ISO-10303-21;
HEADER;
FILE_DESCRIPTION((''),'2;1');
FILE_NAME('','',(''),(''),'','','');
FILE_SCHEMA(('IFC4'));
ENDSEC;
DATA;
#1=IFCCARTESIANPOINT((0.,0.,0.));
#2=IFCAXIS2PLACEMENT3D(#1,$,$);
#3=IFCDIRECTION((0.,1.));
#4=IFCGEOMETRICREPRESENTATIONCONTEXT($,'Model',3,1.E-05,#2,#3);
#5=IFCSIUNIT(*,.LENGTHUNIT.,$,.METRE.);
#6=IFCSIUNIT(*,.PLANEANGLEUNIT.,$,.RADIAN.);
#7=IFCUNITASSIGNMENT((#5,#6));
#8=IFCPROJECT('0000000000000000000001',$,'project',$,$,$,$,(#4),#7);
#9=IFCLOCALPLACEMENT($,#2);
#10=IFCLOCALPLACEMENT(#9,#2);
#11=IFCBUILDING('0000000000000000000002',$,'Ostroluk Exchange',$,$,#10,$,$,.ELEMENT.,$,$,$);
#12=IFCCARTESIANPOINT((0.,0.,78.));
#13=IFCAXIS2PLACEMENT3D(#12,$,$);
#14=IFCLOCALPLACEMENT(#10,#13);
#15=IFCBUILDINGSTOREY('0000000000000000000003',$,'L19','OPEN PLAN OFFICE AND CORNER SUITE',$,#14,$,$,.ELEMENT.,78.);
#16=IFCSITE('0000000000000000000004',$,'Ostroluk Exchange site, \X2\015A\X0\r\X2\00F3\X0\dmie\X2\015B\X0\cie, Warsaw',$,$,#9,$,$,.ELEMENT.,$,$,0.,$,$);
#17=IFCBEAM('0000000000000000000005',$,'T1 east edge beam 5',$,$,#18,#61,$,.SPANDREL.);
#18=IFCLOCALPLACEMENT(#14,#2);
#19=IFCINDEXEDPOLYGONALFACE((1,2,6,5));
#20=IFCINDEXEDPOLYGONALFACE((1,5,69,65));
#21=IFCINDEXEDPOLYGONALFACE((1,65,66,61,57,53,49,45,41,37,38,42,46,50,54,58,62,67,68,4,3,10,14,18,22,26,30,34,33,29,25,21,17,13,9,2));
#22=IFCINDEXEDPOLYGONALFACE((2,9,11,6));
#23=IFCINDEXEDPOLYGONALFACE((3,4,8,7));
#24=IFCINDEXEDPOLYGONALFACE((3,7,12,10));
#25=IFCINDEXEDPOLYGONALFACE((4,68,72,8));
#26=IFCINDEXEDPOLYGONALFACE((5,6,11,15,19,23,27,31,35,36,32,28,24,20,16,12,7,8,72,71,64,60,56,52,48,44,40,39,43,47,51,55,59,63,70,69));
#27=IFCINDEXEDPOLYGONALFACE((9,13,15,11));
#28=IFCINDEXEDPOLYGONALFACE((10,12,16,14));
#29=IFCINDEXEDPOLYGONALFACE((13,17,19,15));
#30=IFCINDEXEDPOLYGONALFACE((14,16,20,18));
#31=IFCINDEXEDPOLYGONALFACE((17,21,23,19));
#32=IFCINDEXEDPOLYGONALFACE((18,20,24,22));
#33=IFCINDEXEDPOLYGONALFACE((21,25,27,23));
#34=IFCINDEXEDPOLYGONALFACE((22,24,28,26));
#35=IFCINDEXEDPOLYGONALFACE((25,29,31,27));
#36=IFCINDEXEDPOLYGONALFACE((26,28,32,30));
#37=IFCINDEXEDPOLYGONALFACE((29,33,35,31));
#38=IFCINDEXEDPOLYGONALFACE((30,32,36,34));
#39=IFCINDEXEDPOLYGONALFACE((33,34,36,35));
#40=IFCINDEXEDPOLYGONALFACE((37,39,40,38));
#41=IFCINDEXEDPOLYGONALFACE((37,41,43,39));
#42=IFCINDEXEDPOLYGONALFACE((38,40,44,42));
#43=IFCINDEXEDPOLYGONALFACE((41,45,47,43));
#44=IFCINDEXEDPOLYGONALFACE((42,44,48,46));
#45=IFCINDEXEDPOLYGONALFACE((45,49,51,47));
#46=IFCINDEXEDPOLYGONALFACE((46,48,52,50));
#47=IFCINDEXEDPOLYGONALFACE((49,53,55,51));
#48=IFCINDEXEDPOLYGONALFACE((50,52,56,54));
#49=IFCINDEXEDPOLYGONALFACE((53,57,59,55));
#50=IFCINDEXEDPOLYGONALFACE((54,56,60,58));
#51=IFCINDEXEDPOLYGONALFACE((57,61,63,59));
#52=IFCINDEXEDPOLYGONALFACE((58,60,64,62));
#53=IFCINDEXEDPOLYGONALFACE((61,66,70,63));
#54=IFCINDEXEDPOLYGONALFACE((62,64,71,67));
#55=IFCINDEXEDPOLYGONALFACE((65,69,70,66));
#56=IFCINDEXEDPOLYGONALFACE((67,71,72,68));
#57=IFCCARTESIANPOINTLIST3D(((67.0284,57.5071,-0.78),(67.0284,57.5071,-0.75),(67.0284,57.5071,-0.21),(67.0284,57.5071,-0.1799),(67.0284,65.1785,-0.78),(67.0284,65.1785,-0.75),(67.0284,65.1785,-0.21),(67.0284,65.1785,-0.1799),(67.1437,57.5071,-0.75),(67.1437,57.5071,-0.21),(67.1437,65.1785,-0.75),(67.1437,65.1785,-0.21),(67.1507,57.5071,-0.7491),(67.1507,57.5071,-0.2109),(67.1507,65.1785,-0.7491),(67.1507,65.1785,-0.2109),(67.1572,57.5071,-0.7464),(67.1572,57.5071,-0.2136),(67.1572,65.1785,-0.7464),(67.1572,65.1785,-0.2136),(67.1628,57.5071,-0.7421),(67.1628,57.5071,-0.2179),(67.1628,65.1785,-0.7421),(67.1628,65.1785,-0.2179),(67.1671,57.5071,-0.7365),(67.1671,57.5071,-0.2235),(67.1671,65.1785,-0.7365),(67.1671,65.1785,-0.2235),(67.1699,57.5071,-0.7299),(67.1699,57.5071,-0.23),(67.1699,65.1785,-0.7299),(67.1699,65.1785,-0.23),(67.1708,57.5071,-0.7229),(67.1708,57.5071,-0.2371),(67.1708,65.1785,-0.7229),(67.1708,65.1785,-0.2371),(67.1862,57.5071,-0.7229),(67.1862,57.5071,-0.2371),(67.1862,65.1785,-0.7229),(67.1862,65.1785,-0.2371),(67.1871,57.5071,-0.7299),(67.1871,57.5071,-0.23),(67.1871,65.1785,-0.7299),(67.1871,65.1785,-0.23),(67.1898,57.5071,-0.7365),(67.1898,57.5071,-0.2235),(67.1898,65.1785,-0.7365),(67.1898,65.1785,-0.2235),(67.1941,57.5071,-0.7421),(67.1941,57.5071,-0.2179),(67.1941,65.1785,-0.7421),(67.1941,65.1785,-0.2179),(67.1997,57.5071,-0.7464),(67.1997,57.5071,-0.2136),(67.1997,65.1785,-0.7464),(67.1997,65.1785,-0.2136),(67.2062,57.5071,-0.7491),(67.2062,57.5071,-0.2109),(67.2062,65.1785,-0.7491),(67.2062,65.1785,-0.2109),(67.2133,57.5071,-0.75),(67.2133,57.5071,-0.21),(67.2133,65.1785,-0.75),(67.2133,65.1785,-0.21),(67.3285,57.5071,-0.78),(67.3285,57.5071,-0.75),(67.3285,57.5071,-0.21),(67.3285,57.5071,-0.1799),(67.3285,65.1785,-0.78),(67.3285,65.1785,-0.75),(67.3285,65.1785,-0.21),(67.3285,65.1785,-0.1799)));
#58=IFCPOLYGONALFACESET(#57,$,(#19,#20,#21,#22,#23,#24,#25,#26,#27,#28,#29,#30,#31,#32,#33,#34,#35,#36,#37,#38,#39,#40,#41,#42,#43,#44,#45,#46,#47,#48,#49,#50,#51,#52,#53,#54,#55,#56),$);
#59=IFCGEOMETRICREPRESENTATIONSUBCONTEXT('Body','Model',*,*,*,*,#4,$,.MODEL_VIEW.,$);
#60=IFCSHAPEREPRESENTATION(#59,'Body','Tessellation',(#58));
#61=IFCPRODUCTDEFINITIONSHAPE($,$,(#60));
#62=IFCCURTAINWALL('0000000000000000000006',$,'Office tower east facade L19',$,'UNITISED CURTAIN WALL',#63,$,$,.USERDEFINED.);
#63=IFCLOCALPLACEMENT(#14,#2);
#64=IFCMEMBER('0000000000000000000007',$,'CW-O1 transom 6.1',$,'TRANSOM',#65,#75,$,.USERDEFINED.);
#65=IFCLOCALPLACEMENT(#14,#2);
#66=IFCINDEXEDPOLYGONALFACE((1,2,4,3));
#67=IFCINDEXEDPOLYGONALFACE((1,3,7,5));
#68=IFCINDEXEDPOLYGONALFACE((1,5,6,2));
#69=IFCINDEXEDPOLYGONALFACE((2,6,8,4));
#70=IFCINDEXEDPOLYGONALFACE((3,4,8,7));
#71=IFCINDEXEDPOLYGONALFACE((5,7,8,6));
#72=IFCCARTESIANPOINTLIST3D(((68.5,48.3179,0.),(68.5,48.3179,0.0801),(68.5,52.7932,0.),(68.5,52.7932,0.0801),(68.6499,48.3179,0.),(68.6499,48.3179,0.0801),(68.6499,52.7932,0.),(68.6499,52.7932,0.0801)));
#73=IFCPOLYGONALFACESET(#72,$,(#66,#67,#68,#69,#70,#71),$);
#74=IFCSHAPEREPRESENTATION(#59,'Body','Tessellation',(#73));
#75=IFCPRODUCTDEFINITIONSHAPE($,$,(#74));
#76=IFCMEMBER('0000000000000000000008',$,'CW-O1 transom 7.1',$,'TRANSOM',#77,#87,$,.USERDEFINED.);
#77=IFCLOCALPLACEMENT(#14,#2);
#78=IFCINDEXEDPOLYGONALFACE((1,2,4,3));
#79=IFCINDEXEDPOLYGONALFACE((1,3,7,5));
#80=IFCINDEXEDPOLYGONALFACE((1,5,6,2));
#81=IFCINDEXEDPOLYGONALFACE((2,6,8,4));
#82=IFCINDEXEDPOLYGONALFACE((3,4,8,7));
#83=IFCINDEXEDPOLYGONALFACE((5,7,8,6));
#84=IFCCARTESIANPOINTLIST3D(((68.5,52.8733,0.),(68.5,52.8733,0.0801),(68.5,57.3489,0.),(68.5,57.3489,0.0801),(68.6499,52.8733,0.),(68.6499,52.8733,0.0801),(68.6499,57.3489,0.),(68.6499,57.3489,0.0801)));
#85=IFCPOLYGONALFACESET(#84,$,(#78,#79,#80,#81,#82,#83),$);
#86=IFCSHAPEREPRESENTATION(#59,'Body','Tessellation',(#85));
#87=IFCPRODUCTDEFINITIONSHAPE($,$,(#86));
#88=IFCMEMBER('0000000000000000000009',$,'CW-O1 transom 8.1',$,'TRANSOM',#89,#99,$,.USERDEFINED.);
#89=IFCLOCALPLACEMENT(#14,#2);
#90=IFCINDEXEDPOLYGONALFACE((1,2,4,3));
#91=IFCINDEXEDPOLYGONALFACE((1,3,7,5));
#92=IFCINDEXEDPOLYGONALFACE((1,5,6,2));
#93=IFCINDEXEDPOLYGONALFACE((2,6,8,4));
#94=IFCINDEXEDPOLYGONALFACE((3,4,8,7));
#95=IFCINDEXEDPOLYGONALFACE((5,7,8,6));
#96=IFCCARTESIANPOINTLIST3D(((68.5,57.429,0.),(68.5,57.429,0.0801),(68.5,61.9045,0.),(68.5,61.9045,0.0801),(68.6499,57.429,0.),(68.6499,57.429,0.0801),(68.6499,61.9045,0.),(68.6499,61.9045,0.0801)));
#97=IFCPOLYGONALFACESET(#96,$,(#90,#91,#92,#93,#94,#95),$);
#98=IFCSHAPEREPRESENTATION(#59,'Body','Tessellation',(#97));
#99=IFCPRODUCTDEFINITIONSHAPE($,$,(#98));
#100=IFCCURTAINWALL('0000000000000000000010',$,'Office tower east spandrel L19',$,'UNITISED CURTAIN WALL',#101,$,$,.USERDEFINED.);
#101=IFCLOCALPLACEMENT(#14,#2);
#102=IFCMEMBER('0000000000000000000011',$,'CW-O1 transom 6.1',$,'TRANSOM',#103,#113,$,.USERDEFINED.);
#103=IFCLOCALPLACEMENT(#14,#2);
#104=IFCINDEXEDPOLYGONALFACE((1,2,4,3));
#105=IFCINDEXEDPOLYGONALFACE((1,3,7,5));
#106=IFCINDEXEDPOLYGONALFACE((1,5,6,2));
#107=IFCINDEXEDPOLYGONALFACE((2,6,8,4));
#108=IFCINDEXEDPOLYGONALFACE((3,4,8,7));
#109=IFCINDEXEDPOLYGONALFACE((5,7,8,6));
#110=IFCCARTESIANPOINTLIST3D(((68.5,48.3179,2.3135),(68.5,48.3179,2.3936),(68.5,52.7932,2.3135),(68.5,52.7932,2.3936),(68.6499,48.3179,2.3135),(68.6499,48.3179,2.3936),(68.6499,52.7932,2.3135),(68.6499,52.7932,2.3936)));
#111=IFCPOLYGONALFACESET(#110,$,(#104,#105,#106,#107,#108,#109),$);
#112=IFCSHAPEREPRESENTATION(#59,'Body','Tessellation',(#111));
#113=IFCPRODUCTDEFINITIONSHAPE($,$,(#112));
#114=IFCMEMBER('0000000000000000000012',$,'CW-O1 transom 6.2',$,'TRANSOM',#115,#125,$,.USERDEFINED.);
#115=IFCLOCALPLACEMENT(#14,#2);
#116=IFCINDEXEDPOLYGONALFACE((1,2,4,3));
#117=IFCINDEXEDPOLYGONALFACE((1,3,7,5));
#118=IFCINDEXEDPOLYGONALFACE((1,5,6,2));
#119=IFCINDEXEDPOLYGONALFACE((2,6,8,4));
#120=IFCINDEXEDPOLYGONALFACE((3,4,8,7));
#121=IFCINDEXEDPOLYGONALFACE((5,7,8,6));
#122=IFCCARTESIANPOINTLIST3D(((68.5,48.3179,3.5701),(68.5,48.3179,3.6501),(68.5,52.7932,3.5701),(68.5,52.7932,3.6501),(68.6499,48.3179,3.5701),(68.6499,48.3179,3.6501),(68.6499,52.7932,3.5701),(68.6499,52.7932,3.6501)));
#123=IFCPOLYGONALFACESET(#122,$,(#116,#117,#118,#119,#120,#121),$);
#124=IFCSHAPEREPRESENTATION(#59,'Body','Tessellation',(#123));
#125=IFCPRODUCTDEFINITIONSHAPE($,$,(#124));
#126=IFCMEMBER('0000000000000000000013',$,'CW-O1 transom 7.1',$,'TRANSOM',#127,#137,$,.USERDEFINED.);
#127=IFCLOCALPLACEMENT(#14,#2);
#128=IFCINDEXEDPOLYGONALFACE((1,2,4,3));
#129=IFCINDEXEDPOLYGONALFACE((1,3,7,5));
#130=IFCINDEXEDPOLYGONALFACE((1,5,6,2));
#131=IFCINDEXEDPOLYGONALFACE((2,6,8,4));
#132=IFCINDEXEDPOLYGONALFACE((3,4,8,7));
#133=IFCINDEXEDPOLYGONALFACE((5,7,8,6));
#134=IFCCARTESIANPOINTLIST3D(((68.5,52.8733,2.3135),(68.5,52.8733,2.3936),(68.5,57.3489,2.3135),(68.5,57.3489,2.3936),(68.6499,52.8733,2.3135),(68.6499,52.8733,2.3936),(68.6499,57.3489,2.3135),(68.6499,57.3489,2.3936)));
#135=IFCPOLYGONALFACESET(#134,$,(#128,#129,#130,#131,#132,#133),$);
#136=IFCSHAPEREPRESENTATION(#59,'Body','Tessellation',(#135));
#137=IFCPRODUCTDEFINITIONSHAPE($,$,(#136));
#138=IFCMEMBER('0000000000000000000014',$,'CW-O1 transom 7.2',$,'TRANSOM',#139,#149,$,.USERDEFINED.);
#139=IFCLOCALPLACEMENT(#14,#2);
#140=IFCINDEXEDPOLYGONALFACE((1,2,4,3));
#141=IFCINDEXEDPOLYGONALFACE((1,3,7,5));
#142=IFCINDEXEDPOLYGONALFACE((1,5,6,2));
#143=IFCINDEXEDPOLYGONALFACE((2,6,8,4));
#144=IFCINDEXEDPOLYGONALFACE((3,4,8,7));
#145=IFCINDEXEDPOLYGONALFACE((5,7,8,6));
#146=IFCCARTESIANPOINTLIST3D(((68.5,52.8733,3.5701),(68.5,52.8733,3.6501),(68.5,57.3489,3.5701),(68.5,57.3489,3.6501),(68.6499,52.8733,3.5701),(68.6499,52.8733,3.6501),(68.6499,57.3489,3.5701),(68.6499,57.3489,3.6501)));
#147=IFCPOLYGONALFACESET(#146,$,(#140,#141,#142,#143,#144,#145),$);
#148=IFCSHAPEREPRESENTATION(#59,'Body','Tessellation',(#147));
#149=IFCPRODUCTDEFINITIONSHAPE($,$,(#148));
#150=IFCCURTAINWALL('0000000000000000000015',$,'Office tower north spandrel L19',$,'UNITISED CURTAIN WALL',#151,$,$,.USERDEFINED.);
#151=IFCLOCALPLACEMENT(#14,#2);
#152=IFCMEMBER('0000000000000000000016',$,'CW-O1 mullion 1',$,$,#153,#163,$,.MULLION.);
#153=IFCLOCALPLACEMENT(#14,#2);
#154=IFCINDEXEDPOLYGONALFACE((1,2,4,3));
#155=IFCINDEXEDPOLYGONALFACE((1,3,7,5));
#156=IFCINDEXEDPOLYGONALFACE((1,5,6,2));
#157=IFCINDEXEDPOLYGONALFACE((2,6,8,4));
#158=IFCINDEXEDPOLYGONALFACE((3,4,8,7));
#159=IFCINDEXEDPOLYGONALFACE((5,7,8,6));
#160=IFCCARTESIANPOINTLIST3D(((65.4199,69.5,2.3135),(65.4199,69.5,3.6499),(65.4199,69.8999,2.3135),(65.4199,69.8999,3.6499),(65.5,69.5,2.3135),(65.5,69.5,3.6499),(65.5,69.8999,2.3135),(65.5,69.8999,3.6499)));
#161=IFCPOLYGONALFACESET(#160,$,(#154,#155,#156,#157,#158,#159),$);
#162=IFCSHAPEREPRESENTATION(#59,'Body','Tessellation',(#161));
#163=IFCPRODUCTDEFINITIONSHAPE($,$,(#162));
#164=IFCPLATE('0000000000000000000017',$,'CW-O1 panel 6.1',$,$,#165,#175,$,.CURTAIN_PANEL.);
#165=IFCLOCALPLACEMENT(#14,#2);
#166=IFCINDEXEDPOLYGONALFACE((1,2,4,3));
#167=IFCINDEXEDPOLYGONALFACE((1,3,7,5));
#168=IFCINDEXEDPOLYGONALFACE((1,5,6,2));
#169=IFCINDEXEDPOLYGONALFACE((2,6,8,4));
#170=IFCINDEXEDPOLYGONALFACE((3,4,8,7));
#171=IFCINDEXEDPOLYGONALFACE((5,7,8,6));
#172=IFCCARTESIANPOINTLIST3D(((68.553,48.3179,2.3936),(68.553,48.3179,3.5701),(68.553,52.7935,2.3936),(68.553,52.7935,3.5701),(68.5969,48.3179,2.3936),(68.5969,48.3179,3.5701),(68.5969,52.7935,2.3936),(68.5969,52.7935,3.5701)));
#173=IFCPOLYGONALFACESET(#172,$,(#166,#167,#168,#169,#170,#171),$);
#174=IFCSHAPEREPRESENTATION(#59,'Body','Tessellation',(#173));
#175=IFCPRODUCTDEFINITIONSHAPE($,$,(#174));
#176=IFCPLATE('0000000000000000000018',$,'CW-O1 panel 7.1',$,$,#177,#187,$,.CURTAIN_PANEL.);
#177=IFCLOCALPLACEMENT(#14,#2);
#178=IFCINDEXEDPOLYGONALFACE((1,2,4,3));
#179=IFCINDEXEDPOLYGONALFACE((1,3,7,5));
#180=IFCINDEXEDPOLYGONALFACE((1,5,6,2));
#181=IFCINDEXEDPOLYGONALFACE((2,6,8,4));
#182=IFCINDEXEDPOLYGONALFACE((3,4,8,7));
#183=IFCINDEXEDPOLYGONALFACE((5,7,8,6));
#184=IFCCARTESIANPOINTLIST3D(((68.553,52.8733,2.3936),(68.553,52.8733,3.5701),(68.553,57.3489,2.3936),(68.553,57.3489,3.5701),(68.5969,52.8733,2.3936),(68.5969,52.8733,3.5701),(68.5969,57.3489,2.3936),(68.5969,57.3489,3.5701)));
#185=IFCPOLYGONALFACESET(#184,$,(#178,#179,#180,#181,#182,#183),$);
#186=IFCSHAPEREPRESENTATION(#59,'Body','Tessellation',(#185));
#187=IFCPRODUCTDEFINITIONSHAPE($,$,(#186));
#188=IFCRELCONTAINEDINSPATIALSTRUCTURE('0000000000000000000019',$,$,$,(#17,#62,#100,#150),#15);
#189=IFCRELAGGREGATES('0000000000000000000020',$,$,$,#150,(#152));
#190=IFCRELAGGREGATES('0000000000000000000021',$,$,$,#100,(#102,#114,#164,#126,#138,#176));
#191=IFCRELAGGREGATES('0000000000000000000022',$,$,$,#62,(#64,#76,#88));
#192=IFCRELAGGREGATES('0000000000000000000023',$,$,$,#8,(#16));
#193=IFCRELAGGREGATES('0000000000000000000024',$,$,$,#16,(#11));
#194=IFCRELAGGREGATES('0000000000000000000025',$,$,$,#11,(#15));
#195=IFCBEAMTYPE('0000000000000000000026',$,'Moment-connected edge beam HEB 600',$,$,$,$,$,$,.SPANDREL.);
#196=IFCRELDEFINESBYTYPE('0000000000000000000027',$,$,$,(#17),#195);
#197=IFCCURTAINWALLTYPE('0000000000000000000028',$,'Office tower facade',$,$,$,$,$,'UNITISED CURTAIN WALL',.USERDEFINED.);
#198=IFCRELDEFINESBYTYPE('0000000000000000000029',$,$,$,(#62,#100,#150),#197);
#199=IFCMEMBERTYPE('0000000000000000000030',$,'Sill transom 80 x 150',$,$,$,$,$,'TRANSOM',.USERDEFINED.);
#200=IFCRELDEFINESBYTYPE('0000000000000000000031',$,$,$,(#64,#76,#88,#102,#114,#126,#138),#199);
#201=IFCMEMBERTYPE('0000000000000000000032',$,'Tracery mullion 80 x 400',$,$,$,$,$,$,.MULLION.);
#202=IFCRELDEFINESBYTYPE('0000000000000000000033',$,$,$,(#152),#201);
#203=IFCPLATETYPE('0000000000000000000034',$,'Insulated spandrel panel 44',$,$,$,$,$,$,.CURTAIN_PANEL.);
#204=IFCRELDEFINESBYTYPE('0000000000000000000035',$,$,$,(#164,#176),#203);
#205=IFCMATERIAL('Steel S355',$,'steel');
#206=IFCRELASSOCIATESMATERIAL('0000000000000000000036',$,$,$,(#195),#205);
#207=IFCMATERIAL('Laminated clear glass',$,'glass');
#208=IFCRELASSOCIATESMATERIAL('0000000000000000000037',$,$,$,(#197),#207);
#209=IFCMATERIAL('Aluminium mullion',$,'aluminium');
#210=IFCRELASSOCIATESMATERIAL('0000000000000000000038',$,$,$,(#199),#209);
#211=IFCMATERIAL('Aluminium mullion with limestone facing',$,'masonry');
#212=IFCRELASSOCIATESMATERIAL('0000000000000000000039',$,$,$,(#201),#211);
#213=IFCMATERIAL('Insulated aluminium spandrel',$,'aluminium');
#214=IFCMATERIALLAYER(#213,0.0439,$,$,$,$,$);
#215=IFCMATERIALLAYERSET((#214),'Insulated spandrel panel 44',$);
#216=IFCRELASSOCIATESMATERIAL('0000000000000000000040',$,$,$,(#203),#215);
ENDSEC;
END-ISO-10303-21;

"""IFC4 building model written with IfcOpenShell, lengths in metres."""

from ifc_helpers import new_model, si_unit, direction, frame, origin, origin_2d, place, context, subcontext, project, spatial, rectangle, i_section, extrude, material, layer, layer_set, material_profile, profile_set, type_object, element, aggregate, save


model = new_model("IFC4")

# Units and contexts
model_context = context("Model", 3, precision=1e-05, world=origin(), true_north=direction((0.0, 1.0)))
body_context = subcontext(model_context, "Body", "Model", "MODEL_VIEW")
ifc_project = project(units=[si_unit("LENGTHUNIT", "METRE"), si_unit("PLANEANGLEUNIT", "RADIAN")], contexts=[model_context])

# Site, building, storey
site_placement = place(None, origin())
site = spatial("IfcSite", under=ifc_project, at=site_placement, Name="Ostroluk Exchange site, Śródmieście, Warsaw", CompositionType="ELEMENT", RefElevation=0.0)
building_placement = place(site_placement, origin())
building = spatial("IfcBuilding", under=site, at=building_placement, Name="Ostroluk Exchange", CompositionType="ELEMENT")
storey_placement = place(building_placement, frame((0.0, 0.0, 78.0)))
storey = spatial("IfcBuildingStorey", under=building, at=storey_placement, Name="L19", Description="OPEN PLAN OFFICE AND CORNER SUITE", CompositionType="ELEMENT", Elevation=78.0)

# Beam
ifc_material_1 = material(Name="Steel S355", Category="steel")
ifc_material_profile_1 = material_profile(ifc_material_1, i_section(OverallWidth=0.3, OverallDepth=0.6001, WebThickness=0.0154, FlangeThickness=0.03, FilletRadius=0.0271, at=origin_2d()), Name="HEB 600")
ifc_profile_set_1 = profile_set([ifc_material_profile_1], Name="Steel S355")
beam_type_1 = type_object("IfcBeamType", Name="Moment-connected edge beam HEB 600", PredefinedType="SPANDREL", material=ifc_profile_set_1)
for number, where, z_axis, x_axis, name in (
    (1, (67.1785, 57.5071, -0.48), (0.0, 1.0, 0.0), (-1.0, 0.0, 0.0), "T1 east edge beam 5"),
):
    element("IfcBeam", number, at=place(storey_placement, frame(where, z_axis=z_axis, x_axis=x_axis)), inside=storey, type_object=beam_type_1, Name=name, PredefinedType="SPANDREL", context=body_context, shape_type="SweptSolid", body=[
        extrude(i_section(OverallWidth=0.3, OverallDepth=0.6001, WebThickness=0.0154, FlangeThickness=0.03, FilletRadius=0.0271, at=origin_2d()), origin(), (0.0, 0.0, 1.0), 7.6714),
    ])

# Curtain walls, members
ifc_material_2 = material(Name="Laminated clear glass", Category="glass")
curtain_wall_type = type_object("IfcCurtainWallType", Name="Office tower facade", ElementType="UNITISED CURTAIN WALL", PredefinedType="USERDEFINED", material=ifc_material_2)
curtain_wall_1_placement = place(storey_placement, origin())
curtain_wall_1 = element("IfcCurtainWall", 2, at=curtain_wall_1_placement, inside=storey, type_object=curtain_wall_type, Name="Office tower east facade L19", ObjectType="UNITISED CURTAIN WALL", PredefinedType="USERDEFINED")
ifc_material_3 = material(Name="Aluminium mullion", Category="aluminium")
ifc_material_profile_2 = material_profile(ifc_material_3, rectangle(XDim=0.1499, YDim=0.0801, at=origin_2d()), Name="Sill transom 80 x 150")
ifc_profile_set_2 = profile_set([ifc_material_profile_2], Name="Aluminium mullion")
member_type_1 = type_object("IfcMemberType", Name="Sill transom 80 x 150", ElementType="TRANSOM", PredefinedType="USERDEFINED", material=ifc_profile_set_2)
member_1_placement = place(storey_placement, frame((68.575, 48.3179, 0.04), z_axis=(0.0, 1.0, 0.0), x_axis=(-1.0, 0.0, 0.0)))
member_1 = element("IfcMember", 3, at=member_1_placement, type_object=member_type_1, Name="CW-O1 transom 6.1", ObjectType="TRANSOM", PredefinedType="USERDEFINED", context=body_context, shape_type="SweptSolid", body=[
    extrude(rectangle(XDim=0.1499, YDim=0.0801, at=origin_2d()), origin(), (0.0, 0.0, 1.0), 4.4753),
])
member_2_placement = place(storey_placement, frame((68.575, 52.8733, 0.04), z_axis=(0.0, 1.0, 0.0), x_axis=(-1.0, 0.0, 0.0)))
member_2 = element("IfcMember", 4, at=member_2_placement, type_object=member_type_1, Name="CW-O1 transom 7.1", ObjectType="TRANSOM", PredefinedType="USERDEFINED", context=body_context, shape_type="SweptSolid", body=[
    extrude(rectangle(XDim=0.1499, YDim=0.0801, at=origin_2d()), origin(), (0.0, 0.0, 1.0), 4.4756),
])
member_3_placement = place(storey_placement, frame((68.575, 57.429, 0.04), z_axis=(0.0, 1.0, 0.0), x_axis=(-1.0, 0.0, 0.0)))
member_3 = element("IfcMember", 5, at=member_3_placement, type_object=member_type_1, Name="CW-O1 transom 8.1", ObjectType="TRANSOM", PredefinedType="USERDEFINED", context=body_context, shape_type="SweptSolid", body=[
    extrude(rectangle(XDim=0.1499, YDim=0.0801, at=origin_2d()), origin(), (0.0, 0.0, 1.0), 4.4756),
])
curtain_wall_2_placement = place(storey_placement, origin())
curtain_wall_2 = element("IfcCurtainWall", 6, at=curtain_wall_2_placement, inside=storey, type_object=curtain_wall_type, Name="Office tower east spandrel L19", ObjectType="UNITISED CURTAIN WALL", PredefinedType="USERDEFINED")
member_4_placement = place(storey_placement, frame((68.575, 48.3179, 2.3535), z_axis=(0.0, 1.0, 0.0), x_axis=(-1.0, 0.0, 0.0)))
member_4 = element("IfcMember", 7, at=member_4_placement, type_object=member_type_1, Name="CW-O1 transom 6.1", ObjectType="TRANSOM", PredefinedType="USERDEFINED", context=body_context, shape_type="SweptSolid", body=[
    extrude(rectangle(XDim=0.1499, YDim=0.0801, at=origin_2d()), origin(), (0.0, 0.0, 1.0), 4.4753),
])
member_5_placement = place(storey_placement, frame((68.575, 48.3179, 3.6101), z_axis=(0.0, 1.0, 0.0), x_axis=(-1.0, 0.0, 0.0)))
member_5 = element("IfcMember", 8, at=member_5_placement, type_object=member_type_1, Name="CW-O1 transom 6.2", ObjectType="TRANSOM", PredefinedType="USERDEFINED", context=body_context, shape_type="SweptSolid", body=[
    extrude(rectangle(XDim=0.1499, YDim=0.0801, at=origin_2d()), origin(), (0.0, 0.0, 1.0), 4.4753),
])
member_6_placement = place(storey_placement, frame((68.575, 52.8733, 2.3535), z_axis=(0.0, 1.0, 0.0), x_axis=(-1.0, 0.0, 0.0)))
member_6 = element("IfcMember", 9, at=member_6_placement, type_object=member_type_1, Name="CW-O1 transom 7.1", ObjectType="TRANSOM", PredefinedType="USERDEFINED", context=body_context, shape_type="SweptSolid", body=[
    extrude(rectangle(XDim=0.1499, YDim=0.0801, at=origin_2d()), origin(), (0.0, 0.0, 1.0), 4.4756),
])
member_7_placement = place(storey_placement, frame((68.575, 52.8733, 3.6101), z_axis=(0.0, 1.0, 0.0), x_axis=(-1.0, 0.0, 0.0)))
member_7 = element("IfcMember", 10, at=member_7_placement, type_object=member_type_1, Name="CW-O1 transom 7.2", ObjectType="TRANSOM", PredefinedType="USERDEFINED", context=body_context, shape_type="SweptSolid", body=[
    extrude(rectangle(XDim=0.1499, YDim=0.0801, at=origin_2d()), origin(), (0.0, 0.0, 1.0), 4.4756),
])

# Curtain wall, member
curtain_wall_3_placement = place(storey_placement, origin())
curtain_wall_3 = element("IfcCurtainWall", 11, at=curtain_wall_3_placement, inside=storey, type_object=curtain_wall_type, Name="Office tower north spandrel L19", ObjectType="UNITISED CURTAIN WALL", PredefinedType="USERDEFINED")
ifc_material_4 = material(Name="Aluminium mullion with limestone facing", Category="masonry")
ifc_material_profile_3 = material_profile(ifc_material_4, rectangle(XDim=0.3999, YDim=0.0801, at=origin_2d()), Name="Tracery mullion 80 x 400")
ifc_profile_set_3 = profile_set([ifc_material_profile_3], Name="Aluminium mullion with limestone facing")
member_type_2 = type_object("IfcMemberType", Name="Tracery mullion 80 x 400", PredefinedType="MULLION", material=ifc_profile_set_3)
member_8_placement = place(storey_placement, frame((65.46, 69.7, 2.3135), z_axis=(0.0, 0.0, 1.0), x_axis=(0.0, -1.0, 0.0)))
member_8 = element("IfcMember", 12, at=member_8_placement, type_object=member_type_2, Name="CW-O1 mullion 1", PredefinedType="MULLION", context=body_context, shape_type="SweptSolid", body=[
    extrude(rectangle(XDim=0.3999, YDim=0.0801, at=origin_2d()), origin(), (0.0, 0.0, 1.0), 1.3364),
])
aggregate(curtain_wall_3, [member_8])

# Plates
ifc_material_5 = material(Name="Insulated aluminium spandrel", Category="aluminium")
ifc_layer_1 = layer(ifc_material_5, 0.0439)
ifc_layer_set_1 = layer_set([ifc_layer_1], Name="Insulated spandrel panel 44")
plate_type_1 = type_object("IfcPlateType", Name="Insulated spandrel panel 44", PredefinedType="CURTAIN_PANEL", material=ifc_layer_set_1)
plate_1_placement = place(storey_placement, frame((68.575, 50.5557, 2.3936), z_axis=(0.0, 0.0, 1.0), x_axis=(0.0, 1.0, 0.0)))
plate_1 = element("IfcPlate", 13, at=plate_1_placement, type_object=plate_type_1, Name="CW-O1 panel 6.1", PredefinedType="CURTAIN_PANEL", context=body_context, shape_type="SweptSolid", body=[
    extrude(rectangle(XDim=4.4756, YDim=0.0439, at=origin_2d()), origin(), (0.0, 0.0, 1.0), 1.1765),
])
plate_2_placement = place(storey_placement, frame((68.575, 55.1111, 2.3936), z_axis=(0.0, 0.0, 1.0), x_axis=(0.0, 1.0, 0.0)))
plate_2 = element("IfcPlate", 14, at=plate_2_placement, type_object=plate_type_1, Name="CW-O1 panel 7.1", PredefinedType="CURTAIN_PANEL", context=body_context, shape_type="SweptSolid", body=[
    extrude(rectangle(XDim=4.4756, YDim=0.0439, at=origin_2d()), origin(), (0.0, 0.0, 1.0), 1.1765),
])
aggregate(curtain_wall_2, [member_4, member_5, plate_1, member_6, member_7, plate_2])
aggregate(curtain_wall_1, [member_1, member_2, member_3])

save(model, "model.ifc")
